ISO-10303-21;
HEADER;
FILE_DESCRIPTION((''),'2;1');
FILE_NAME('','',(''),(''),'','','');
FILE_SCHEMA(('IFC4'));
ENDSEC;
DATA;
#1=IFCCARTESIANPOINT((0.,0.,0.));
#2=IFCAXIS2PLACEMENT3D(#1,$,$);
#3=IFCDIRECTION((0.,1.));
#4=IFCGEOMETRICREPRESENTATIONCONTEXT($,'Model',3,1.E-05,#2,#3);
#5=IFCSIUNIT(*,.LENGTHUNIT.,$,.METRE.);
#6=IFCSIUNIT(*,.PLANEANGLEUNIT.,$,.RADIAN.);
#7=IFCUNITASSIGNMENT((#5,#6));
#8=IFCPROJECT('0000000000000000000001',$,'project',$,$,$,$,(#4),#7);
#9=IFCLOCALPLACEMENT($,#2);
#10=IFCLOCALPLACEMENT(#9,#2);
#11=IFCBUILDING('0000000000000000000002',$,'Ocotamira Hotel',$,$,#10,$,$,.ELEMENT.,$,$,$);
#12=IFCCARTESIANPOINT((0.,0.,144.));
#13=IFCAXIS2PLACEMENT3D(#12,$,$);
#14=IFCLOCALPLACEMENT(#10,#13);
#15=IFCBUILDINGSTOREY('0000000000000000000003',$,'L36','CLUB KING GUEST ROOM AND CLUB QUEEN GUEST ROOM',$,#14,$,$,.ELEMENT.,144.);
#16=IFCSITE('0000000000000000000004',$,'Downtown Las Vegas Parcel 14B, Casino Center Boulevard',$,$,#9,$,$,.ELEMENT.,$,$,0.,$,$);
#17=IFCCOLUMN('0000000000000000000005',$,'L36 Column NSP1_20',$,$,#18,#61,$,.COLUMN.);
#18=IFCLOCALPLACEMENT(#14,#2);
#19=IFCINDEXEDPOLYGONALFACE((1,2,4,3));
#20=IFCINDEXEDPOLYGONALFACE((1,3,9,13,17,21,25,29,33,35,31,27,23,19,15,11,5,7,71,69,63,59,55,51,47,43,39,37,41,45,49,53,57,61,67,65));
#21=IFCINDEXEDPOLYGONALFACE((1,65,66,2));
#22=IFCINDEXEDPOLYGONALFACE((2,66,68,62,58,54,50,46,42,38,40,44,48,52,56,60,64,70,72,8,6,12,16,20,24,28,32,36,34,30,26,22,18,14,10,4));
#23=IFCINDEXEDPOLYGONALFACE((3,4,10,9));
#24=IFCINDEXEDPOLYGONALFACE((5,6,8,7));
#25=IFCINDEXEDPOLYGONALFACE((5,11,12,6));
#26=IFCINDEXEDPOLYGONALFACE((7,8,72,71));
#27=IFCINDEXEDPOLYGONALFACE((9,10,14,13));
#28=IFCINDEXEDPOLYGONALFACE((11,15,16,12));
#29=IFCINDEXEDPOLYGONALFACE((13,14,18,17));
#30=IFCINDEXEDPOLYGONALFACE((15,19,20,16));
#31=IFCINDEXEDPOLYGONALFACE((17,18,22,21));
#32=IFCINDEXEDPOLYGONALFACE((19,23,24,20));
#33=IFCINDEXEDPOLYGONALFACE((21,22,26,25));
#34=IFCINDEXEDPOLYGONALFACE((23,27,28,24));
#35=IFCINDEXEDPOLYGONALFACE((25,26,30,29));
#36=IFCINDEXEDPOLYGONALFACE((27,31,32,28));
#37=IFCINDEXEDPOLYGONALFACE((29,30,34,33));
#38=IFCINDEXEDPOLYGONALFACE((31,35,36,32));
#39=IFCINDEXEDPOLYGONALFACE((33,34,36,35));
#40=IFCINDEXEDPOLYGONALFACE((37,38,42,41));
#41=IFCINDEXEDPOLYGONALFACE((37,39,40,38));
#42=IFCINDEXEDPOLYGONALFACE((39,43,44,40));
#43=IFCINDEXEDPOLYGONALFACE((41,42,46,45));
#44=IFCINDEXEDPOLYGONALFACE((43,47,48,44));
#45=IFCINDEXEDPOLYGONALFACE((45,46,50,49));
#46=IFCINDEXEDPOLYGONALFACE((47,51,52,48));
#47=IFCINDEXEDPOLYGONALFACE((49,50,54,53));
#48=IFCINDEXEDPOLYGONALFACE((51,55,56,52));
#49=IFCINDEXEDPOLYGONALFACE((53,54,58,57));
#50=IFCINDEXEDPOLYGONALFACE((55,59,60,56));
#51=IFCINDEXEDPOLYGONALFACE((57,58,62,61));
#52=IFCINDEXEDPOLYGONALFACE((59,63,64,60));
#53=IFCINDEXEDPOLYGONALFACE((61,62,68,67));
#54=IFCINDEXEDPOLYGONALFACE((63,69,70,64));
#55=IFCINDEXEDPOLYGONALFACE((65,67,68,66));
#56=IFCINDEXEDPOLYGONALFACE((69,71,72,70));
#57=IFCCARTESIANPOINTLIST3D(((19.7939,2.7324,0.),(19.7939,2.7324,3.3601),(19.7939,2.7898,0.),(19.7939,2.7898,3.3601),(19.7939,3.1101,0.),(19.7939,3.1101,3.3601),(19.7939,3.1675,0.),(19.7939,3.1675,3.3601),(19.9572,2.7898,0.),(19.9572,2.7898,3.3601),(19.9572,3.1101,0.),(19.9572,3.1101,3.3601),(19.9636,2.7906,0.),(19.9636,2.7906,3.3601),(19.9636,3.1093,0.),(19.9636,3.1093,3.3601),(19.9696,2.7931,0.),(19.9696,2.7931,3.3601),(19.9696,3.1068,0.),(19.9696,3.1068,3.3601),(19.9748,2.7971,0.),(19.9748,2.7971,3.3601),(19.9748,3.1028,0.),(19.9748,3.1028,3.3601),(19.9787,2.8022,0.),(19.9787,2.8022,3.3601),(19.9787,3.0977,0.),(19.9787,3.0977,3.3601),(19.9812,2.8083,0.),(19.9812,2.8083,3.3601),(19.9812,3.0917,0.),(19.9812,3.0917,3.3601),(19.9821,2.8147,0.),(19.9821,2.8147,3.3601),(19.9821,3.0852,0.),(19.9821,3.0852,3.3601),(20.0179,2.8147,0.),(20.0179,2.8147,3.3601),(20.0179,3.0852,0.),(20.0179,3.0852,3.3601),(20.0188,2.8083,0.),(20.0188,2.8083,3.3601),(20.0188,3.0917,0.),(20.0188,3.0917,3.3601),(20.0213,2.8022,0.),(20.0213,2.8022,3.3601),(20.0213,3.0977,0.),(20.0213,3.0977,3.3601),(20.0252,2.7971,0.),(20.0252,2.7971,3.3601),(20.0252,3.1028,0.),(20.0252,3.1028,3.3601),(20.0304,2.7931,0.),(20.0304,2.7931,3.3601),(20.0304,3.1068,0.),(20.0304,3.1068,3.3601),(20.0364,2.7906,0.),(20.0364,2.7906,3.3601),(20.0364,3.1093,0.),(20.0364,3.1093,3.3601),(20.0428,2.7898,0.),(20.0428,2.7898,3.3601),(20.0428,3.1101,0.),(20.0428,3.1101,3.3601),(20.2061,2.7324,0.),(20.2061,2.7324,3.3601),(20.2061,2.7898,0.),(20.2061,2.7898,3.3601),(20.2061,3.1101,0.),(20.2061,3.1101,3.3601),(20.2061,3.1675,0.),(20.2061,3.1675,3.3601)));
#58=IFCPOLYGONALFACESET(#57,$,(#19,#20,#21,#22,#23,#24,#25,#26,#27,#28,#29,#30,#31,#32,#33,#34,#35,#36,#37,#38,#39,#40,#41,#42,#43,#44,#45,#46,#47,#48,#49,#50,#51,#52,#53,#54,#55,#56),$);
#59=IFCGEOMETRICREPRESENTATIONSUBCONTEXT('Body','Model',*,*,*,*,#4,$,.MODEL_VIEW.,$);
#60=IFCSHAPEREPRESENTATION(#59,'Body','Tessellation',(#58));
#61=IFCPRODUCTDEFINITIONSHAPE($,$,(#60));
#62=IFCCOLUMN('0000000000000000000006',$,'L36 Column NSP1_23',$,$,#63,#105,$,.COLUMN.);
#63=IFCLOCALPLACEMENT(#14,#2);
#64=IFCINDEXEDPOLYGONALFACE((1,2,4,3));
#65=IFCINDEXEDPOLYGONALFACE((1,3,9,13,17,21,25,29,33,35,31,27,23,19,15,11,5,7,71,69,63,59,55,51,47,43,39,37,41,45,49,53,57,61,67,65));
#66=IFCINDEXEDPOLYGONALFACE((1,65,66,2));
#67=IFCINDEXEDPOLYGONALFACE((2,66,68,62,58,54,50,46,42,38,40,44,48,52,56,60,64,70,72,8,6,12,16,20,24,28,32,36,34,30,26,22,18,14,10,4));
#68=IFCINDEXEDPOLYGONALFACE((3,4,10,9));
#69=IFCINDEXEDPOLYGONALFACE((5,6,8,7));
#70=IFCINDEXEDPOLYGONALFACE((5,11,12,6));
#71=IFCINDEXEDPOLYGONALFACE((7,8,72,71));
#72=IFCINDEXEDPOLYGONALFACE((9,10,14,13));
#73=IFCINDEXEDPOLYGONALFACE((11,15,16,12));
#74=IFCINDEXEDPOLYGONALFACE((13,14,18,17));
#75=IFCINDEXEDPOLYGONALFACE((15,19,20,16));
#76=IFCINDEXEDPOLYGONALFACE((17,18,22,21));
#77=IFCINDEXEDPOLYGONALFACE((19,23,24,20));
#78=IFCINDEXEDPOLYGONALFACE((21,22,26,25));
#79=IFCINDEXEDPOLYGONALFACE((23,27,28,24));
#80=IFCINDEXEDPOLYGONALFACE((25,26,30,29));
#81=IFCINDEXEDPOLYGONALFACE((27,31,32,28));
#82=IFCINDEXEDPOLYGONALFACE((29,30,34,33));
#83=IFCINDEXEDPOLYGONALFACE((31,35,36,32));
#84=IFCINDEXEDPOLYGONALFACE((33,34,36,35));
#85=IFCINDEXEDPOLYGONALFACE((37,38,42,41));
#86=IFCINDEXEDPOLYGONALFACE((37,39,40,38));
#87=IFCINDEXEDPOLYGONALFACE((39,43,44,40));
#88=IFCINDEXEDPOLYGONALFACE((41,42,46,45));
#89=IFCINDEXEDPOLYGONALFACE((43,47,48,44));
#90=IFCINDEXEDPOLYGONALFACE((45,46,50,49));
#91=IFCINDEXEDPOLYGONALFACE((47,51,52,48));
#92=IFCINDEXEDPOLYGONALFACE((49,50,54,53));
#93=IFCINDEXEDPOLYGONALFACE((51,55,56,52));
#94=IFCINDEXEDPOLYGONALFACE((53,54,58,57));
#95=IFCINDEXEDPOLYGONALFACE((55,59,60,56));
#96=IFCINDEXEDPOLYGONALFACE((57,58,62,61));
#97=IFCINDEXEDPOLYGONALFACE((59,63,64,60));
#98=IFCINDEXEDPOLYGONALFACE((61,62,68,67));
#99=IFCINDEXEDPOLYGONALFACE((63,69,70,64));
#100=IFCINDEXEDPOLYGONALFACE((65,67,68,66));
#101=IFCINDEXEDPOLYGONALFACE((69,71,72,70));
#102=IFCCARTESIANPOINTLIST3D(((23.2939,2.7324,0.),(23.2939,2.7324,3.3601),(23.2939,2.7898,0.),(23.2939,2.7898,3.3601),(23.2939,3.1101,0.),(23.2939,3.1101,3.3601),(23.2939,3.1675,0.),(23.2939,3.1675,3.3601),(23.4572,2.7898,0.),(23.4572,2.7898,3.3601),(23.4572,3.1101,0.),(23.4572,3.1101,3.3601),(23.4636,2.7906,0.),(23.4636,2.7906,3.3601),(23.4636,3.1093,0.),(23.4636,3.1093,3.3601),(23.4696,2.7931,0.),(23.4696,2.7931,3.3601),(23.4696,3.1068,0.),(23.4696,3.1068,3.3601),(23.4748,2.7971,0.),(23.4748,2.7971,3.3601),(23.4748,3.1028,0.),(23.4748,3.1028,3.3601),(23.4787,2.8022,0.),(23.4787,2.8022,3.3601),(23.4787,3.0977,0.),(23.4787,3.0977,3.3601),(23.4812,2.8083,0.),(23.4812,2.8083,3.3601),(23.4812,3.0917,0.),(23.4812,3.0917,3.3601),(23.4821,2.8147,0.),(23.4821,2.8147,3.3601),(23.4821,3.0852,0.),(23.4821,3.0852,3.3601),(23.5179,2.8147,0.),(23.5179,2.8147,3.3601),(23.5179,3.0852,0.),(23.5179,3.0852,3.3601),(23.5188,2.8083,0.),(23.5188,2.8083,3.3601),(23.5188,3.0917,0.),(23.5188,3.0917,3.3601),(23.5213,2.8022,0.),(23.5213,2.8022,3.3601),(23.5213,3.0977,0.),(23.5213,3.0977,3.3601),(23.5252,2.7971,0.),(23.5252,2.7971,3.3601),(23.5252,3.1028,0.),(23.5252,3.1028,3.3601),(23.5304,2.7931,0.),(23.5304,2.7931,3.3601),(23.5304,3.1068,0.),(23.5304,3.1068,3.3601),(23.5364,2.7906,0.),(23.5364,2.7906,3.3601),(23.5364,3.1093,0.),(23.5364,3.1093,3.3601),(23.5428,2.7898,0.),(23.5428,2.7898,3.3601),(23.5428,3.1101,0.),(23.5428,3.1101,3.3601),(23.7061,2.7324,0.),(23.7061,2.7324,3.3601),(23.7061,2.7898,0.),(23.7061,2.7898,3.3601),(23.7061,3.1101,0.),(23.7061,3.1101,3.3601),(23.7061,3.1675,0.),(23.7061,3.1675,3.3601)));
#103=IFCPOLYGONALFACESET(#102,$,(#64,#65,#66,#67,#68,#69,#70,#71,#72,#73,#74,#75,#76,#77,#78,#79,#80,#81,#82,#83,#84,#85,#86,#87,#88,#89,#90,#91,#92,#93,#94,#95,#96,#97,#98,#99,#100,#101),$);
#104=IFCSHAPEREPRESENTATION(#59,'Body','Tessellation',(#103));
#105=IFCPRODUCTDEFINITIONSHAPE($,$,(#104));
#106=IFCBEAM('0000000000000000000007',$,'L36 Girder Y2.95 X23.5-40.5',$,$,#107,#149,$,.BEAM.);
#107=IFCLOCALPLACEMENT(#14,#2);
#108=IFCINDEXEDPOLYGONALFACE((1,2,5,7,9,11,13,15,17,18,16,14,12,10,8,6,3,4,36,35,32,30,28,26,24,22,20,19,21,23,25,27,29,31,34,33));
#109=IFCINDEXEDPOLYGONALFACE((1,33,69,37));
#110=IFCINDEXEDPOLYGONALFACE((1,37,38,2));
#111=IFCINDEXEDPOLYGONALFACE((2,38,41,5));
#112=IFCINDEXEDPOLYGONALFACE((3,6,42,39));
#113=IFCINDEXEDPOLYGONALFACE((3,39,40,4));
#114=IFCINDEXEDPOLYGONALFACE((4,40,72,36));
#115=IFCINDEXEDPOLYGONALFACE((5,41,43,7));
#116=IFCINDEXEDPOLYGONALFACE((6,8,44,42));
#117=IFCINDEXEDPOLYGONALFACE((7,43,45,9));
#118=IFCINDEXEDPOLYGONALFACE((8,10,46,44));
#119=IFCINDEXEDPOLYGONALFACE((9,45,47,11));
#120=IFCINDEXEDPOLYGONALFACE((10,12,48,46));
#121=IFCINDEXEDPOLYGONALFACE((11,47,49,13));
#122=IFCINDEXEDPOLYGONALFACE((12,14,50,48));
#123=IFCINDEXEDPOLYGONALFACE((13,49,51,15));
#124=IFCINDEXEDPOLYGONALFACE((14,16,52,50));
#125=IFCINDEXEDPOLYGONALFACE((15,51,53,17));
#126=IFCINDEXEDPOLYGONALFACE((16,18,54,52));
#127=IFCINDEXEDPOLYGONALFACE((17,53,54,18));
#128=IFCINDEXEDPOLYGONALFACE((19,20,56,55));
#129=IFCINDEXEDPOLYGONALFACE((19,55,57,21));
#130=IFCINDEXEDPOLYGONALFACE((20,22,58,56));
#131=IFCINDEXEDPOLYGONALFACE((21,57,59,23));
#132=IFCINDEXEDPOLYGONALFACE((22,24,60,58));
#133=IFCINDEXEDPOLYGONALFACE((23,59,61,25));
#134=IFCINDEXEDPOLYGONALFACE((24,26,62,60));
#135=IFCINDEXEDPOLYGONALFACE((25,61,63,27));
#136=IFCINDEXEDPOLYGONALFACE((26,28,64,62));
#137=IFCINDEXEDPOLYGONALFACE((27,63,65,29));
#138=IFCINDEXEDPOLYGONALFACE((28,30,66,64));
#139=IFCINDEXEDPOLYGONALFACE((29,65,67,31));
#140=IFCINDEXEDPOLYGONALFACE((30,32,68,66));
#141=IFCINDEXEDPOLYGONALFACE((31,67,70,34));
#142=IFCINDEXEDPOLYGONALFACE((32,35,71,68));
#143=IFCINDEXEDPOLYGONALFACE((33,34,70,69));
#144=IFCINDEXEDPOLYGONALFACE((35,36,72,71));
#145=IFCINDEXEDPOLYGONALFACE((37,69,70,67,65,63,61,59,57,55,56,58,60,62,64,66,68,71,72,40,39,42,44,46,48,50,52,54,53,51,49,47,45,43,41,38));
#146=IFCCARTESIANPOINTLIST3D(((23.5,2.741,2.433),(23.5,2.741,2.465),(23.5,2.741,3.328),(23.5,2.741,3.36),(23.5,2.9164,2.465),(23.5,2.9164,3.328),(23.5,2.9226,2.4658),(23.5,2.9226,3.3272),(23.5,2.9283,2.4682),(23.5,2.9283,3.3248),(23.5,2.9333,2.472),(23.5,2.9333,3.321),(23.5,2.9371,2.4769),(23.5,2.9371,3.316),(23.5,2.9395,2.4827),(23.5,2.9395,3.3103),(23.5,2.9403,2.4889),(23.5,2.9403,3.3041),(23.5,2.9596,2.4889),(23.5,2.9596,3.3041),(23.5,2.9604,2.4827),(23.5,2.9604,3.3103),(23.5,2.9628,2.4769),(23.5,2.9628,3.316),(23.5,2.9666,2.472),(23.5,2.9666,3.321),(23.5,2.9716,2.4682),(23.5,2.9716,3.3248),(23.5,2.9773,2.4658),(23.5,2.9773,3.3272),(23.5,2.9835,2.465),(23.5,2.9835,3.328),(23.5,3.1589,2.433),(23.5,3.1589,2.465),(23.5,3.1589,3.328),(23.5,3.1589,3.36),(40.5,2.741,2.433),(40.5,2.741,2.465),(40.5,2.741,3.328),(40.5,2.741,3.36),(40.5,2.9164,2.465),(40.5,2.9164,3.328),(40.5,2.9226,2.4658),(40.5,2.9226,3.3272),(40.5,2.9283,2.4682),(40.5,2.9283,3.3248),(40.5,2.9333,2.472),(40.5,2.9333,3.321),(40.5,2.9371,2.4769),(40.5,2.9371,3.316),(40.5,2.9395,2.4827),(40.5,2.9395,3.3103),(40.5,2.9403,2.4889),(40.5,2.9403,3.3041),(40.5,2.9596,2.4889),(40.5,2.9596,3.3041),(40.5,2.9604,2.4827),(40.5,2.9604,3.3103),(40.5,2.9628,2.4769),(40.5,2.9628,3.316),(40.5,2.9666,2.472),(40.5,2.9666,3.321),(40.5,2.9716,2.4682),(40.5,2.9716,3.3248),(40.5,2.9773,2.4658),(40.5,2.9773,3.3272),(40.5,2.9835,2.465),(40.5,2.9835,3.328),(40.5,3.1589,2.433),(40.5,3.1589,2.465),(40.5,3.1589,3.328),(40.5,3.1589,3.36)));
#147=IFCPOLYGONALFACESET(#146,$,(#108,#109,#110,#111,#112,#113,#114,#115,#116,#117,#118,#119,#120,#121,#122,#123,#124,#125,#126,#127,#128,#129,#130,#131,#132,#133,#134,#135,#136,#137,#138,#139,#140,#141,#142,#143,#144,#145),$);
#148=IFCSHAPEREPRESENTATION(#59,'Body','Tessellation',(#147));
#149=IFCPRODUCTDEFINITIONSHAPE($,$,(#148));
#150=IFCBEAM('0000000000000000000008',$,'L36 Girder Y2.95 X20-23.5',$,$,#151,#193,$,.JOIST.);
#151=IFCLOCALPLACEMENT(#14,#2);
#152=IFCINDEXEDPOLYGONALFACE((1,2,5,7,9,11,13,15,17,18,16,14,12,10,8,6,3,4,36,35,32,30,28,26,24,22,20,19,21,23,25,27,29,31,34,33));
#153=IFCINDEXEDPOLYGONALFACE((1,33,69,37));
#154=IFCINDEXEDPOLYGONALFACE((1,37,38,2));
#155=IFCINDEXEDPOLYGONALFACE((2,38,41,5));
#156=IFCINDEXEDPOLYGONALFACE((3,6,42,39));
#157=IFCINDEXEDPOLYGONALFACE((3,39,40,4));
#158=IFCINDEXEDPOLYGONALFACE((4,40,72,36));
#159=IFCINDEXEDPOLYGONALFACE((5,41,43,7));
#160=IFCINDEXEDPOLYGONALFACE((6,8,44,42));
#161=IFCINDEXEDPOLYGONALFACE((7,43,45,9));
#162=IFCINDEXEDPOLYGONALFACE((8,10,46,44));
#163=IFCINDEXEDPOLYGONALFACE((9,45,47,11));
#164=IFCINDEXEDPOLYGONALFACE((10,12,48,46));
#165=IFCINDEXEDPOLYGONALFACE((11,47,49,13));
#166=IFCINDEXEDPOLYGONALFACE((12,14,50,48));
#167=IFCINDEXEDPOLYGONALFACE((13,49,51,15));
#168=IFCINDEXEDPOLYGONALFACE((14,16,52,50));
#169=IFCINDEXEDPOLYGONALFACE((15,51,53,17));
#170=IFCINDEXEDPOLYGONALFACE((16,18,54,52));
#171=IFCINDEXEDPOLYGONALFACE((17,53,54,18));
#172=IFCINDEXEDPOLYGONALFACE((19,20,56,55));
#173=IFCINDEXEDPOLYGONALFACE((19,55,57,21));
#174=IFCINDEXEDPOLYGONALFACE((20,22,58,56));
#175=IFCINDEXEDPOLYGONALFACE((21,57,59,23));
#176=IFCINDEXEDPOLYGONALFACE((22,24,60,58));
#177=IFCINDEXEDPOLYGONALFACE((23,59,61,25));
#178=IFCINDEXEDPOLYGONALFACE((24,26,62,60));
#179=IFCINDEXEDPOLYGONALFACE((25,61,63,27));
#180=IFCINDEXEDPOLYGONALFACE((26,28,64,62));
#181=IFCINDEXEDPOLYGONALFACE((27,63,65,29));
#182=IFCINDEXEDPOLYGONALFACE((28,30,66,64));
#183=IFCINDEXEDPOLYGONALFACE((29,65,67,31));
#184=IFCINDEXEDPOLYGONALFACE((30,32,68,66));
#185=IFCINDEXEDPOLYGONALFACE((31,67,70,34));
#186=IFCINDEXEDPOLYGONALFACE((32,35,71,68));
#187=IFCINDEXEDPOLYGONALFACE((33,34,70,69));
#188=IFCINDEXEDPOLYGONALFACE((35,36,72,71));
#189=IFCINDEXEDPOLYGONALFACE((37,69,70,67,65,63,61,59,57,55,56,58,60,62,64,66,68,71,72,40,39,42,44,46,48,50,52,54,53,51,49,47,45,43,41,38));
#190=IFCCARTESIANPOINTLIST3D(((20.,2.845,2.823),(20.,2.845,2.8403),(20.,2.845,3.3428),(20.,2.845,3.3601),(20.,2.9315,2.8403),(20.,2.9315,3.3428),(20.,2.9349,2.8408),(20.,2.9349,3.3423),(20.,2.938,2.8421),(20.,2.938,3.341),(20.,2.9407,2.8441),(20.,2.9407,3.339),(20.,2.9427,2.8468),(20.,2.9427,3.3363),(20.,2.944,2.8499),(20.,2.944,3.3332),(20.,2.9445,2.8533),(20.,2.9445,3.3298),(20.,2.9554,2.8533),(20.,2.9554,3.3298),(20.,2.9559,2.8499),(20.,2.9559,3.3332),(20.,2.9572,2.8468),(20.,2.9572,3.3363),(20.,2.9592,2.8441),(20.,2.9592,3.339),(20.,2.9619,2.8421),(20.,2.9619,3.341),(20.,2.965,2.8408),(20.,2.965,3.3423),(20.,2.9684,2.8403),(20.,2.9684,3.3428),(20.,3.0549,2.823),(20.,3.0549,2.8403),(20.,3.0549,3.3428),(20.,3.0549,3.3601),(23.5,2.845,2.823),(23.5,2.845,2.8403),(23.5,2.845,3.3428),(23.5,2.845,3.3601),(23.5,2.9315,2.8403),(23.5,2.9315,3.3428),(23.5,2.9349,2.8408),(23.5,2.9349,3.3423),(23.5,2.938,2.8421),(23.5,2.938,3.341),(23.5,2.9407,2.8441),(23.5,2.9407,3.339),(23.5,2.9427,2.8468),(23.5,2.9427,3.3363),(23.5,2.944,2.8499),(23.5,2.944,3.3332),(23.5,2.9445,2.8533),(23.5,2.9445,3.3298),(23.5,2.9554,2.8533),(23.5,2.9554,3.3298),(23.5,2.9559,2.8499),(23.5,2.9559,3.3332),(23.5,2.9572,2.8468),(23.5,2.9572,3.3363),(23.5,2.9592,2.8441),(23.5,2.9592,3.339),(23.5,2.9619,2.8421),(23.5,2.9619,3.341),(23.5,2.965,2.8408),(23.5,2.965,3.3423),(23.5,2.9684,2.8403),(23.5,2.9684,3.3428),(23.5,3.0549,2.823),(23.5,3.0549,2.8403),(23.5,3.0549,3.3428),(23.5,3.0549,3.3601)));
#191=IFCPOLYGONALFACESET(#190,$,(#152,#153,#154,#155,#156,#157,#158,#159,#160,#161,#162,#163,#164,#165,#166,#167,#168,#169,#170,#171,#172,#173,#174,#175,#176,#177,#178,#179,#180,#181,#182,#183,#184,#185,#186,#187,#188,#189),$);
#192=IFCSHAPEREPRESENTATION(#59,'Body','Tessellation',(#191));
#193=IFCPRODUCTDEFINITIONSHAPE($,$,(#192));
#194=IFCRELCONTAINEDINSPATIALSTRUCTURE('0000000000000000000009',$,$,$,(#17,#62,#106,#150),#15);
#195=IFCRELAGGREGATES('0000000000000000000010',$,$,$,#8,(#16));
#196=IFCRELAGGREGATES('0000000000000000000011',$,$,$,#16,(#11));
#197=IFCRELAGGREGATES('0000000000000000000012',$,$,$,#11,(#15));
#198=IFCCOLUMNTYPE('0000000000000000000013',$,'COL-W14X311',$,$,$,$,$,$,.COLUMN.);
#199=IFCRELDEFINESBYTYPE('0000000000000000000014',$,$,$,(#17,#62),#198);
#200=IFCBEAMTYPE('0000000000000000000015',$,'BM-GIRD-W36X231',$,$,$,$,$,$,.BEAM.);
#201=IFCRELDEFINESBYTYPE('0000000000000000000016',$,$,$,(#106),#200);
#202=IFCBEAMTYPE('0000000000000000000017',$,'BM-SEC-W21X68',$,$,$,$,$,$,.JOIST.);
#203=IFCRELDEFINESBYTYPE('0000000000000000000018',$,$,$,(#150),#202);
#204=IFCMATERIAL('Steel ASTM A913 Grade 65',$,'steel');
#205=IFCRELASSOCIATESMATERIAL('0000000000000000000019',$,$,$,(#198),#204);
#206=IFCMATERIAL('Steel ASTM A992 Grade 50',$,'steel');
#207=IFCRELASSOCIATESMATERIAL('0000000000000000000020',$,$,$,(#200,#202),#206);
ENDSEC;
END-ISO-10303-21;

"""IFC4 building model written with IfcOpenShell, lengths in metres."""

from ifc_helpers import new_model, si_unit, direction, frame, origin, origin_2d, place, context, subcontext, project, spatial, i_section, extrude, source, transform, mapped, material, material_profile, profile_set, type_object, element, save


model = new_model("IFC4")

# Units and contexts
model_context = context("Model", 3, precision=1e-05, world=origin(), true_north=direction((0.0, 1.0)))
body_context = subcontext(model_context, "Body", "Model", "MODEL_VIEW")
ifc_project = project(units=[si_unit("LENGTHUNIT", "METRE"), si_unit("PLANEANGLEUNIT", "RADIAN")], contexts=[model_context])

# Site, building, storey
site_placement = place(None, origin())
site = spatial("IfcSite", under=ifc_project, at=site_placement, Name="Downtown Las Vegas Parcel 14B, Casino Center Boulevard", CompositionType="ELEMENT", RefElevation=0.0)
building_placement = place(site_placement, origin())
building = spatial("IfcBuilding", under=site, at=building_placement, Name="Ocotamira Hotel", CompositionType="ELEMENT")
storey_placement = place(building_placement, frame((0.0, 0.0, 144.0)))
storey = spatial("IfcBuildingStorey", under=building, at=storey_placement, Name="L36", Description="CLUB KING GUEST ROOM AND CLUB QUEEN GUEST ROOM", CompositionType="ELEMENT", Elevation=144.0)

# Columns
ifc_material_1 = material(Name="Steel ASTM A913 Grade 65", Category="steel")
ifc_material_profile_1 = material_profile(ifc_material_1, i_section(OverallWidth=0.4121, OverallDepth=0.4351, WebThickness=0.0359, FlangeThickness=0.0574, FilletRadius=0.0249, at=origin_2d()), Name="W14X311")
ifc_profile_set_1 = profile_set([ifc_material_profile_1], Name="Steel ASTM A913 Grade 65")
column_type = type_object("IfcColumnType", Name="COL-W14X311", PredefinedType="COLUMN", material=ifc_profile_set_1)
shared_shape_1 = source(origin(), body_context, "Body", "SweptSolid", [
    extrude(i_section(OverallWidth=0.4121, OverallDepth=0.4351, WebThickness=0.0359, FlangeThickness=0.0574, FilletRadius=0.0249, at=origin_2d()), origin(), (0.0, 0.0, 1.0), 3.3601),
])
for number, where, z_axis, x_axis, name in (
    (1, (20.0, 2.95, 0.0), (0.0, 0.0, 1.0), (1.0, 0.0, 0.0), "L36 Column NSP1_20"),
    (2, (23.5, 2.95, 0.0), (0.0, 0.0, 1.0), (1.0, 0.0, 0.0), "L36 Column NSP1_23"),
):
    element("IfcColumn", number, at=place(storey_placement, frame(where, z_axis=z_axis, x_axis=x_axis)), inside=storey, type_object=column_type, Name=name, PredefinedType="COLUMN", context=body_context, shape_type="MappedRepresentation", body=[
        mapped(shared_shape_1, transform((0.0, 0.0, 0.0), scale=1.0)),
    ])

# Beams
ifc_material_2 = material(Name="Steel ASTM A992 Grade 50", Category="steel")
ifc_material_profile_2 = material_profile(ifc_material_2, i_section(OverallWidth=0.418, OverallDepth=0.927, WebThickness=0.0193, FlangeThickness=0.032, FilletRadius=0.0239, at=origin_2d()), Name="W36X231")
ifc_profile_set_2 = profile_set([ifc_material_profile_2], Name="Steel ASTM A992 Grade 50")
beam_type_1 = type_object("IfcBeamType", Name="BM-GIRD-W36X231", PredefinedType="BEAM", material=ifc_profile_set_2)
shared_shape_2 = source(origin(), body_context, "Body", "SweptSolid", [
    extrude(i_section(OverallWidth=0.418, OverallDepth=0.927, WebThickness=0.0193, FlangeThickness=0.032, FilletRadius=0.0239, at=origin_2d()), origin(), (0.0, 0.0, 1.0), 17.0),
])
beam_1_placement = place(storey_placement, frame((23.5, 2.95, 2.8965), z_axis=(1.0, 0.0, 0.0), x_axis=(0.0, 1.0, 0.0)))
element("IfcBeam", 3, at=beam_1_placement, inside=storey, type_object=beam_type_1, Name="L36 Girder Y2.95 X23.5-40.5", PredefinedType="BEAM", context=body_context, shape_type="MappedRepresentation", body=[
    mapped(shared_shape_2, transform((0.0, 0.0, 0.0), scale=1.0)),
])
ifc_material_profile_3 = material_profile(ifc_material_2, i_section(OverallWidth=0.21, OverallDepth=0.5371, WebThickness=0.011, FlangeThickness=0.0173, FilletRadius=0.0129, at=origin_2d()), Name="W21X68")
ifc_profile_set_3 = profile_set([ifc_material_profile_3], Name="Steel ASTM A992 Grade 50")
beam_type_2 = type_object("IfcBeamType", Name="BM-SEC-W21X68", PredefinedType="JOIST", material=ifc_profile_set_3)
shared_shape_3 = source(origin(), body_context, "Body", "SweptSolid", [
    extrude(i_section(OverallWidth=0.21, OverallDepth=0.5371, WebThickness=0.011, FlangeThickness=0.0173, FilletRadius=0.0129, at=origin_2d()), origin(), (0.0, 0.0, 1.0), 3.5),
])
beam_2_placement = place(storey_placement, frame((20.0, 2.95, 3.0916), z_axis=(1.0, 0.0, 0.0), x_axis=(0.0, 1.0, 0.0)))
element("IfcBeam", 4, at=beam_2_placement, inside=storey, type_object=beam_type_2, Name="L36 Girder Y2.95 X20-23.5", PredefinedType="JOIST", context=body_context, shape_type="MappedRepresentation", body=[
    mapped(shared_shape_3, transform((0.0, 0.0, 0.0), scale=1.0)),
])

save(model, "model.ifc")
